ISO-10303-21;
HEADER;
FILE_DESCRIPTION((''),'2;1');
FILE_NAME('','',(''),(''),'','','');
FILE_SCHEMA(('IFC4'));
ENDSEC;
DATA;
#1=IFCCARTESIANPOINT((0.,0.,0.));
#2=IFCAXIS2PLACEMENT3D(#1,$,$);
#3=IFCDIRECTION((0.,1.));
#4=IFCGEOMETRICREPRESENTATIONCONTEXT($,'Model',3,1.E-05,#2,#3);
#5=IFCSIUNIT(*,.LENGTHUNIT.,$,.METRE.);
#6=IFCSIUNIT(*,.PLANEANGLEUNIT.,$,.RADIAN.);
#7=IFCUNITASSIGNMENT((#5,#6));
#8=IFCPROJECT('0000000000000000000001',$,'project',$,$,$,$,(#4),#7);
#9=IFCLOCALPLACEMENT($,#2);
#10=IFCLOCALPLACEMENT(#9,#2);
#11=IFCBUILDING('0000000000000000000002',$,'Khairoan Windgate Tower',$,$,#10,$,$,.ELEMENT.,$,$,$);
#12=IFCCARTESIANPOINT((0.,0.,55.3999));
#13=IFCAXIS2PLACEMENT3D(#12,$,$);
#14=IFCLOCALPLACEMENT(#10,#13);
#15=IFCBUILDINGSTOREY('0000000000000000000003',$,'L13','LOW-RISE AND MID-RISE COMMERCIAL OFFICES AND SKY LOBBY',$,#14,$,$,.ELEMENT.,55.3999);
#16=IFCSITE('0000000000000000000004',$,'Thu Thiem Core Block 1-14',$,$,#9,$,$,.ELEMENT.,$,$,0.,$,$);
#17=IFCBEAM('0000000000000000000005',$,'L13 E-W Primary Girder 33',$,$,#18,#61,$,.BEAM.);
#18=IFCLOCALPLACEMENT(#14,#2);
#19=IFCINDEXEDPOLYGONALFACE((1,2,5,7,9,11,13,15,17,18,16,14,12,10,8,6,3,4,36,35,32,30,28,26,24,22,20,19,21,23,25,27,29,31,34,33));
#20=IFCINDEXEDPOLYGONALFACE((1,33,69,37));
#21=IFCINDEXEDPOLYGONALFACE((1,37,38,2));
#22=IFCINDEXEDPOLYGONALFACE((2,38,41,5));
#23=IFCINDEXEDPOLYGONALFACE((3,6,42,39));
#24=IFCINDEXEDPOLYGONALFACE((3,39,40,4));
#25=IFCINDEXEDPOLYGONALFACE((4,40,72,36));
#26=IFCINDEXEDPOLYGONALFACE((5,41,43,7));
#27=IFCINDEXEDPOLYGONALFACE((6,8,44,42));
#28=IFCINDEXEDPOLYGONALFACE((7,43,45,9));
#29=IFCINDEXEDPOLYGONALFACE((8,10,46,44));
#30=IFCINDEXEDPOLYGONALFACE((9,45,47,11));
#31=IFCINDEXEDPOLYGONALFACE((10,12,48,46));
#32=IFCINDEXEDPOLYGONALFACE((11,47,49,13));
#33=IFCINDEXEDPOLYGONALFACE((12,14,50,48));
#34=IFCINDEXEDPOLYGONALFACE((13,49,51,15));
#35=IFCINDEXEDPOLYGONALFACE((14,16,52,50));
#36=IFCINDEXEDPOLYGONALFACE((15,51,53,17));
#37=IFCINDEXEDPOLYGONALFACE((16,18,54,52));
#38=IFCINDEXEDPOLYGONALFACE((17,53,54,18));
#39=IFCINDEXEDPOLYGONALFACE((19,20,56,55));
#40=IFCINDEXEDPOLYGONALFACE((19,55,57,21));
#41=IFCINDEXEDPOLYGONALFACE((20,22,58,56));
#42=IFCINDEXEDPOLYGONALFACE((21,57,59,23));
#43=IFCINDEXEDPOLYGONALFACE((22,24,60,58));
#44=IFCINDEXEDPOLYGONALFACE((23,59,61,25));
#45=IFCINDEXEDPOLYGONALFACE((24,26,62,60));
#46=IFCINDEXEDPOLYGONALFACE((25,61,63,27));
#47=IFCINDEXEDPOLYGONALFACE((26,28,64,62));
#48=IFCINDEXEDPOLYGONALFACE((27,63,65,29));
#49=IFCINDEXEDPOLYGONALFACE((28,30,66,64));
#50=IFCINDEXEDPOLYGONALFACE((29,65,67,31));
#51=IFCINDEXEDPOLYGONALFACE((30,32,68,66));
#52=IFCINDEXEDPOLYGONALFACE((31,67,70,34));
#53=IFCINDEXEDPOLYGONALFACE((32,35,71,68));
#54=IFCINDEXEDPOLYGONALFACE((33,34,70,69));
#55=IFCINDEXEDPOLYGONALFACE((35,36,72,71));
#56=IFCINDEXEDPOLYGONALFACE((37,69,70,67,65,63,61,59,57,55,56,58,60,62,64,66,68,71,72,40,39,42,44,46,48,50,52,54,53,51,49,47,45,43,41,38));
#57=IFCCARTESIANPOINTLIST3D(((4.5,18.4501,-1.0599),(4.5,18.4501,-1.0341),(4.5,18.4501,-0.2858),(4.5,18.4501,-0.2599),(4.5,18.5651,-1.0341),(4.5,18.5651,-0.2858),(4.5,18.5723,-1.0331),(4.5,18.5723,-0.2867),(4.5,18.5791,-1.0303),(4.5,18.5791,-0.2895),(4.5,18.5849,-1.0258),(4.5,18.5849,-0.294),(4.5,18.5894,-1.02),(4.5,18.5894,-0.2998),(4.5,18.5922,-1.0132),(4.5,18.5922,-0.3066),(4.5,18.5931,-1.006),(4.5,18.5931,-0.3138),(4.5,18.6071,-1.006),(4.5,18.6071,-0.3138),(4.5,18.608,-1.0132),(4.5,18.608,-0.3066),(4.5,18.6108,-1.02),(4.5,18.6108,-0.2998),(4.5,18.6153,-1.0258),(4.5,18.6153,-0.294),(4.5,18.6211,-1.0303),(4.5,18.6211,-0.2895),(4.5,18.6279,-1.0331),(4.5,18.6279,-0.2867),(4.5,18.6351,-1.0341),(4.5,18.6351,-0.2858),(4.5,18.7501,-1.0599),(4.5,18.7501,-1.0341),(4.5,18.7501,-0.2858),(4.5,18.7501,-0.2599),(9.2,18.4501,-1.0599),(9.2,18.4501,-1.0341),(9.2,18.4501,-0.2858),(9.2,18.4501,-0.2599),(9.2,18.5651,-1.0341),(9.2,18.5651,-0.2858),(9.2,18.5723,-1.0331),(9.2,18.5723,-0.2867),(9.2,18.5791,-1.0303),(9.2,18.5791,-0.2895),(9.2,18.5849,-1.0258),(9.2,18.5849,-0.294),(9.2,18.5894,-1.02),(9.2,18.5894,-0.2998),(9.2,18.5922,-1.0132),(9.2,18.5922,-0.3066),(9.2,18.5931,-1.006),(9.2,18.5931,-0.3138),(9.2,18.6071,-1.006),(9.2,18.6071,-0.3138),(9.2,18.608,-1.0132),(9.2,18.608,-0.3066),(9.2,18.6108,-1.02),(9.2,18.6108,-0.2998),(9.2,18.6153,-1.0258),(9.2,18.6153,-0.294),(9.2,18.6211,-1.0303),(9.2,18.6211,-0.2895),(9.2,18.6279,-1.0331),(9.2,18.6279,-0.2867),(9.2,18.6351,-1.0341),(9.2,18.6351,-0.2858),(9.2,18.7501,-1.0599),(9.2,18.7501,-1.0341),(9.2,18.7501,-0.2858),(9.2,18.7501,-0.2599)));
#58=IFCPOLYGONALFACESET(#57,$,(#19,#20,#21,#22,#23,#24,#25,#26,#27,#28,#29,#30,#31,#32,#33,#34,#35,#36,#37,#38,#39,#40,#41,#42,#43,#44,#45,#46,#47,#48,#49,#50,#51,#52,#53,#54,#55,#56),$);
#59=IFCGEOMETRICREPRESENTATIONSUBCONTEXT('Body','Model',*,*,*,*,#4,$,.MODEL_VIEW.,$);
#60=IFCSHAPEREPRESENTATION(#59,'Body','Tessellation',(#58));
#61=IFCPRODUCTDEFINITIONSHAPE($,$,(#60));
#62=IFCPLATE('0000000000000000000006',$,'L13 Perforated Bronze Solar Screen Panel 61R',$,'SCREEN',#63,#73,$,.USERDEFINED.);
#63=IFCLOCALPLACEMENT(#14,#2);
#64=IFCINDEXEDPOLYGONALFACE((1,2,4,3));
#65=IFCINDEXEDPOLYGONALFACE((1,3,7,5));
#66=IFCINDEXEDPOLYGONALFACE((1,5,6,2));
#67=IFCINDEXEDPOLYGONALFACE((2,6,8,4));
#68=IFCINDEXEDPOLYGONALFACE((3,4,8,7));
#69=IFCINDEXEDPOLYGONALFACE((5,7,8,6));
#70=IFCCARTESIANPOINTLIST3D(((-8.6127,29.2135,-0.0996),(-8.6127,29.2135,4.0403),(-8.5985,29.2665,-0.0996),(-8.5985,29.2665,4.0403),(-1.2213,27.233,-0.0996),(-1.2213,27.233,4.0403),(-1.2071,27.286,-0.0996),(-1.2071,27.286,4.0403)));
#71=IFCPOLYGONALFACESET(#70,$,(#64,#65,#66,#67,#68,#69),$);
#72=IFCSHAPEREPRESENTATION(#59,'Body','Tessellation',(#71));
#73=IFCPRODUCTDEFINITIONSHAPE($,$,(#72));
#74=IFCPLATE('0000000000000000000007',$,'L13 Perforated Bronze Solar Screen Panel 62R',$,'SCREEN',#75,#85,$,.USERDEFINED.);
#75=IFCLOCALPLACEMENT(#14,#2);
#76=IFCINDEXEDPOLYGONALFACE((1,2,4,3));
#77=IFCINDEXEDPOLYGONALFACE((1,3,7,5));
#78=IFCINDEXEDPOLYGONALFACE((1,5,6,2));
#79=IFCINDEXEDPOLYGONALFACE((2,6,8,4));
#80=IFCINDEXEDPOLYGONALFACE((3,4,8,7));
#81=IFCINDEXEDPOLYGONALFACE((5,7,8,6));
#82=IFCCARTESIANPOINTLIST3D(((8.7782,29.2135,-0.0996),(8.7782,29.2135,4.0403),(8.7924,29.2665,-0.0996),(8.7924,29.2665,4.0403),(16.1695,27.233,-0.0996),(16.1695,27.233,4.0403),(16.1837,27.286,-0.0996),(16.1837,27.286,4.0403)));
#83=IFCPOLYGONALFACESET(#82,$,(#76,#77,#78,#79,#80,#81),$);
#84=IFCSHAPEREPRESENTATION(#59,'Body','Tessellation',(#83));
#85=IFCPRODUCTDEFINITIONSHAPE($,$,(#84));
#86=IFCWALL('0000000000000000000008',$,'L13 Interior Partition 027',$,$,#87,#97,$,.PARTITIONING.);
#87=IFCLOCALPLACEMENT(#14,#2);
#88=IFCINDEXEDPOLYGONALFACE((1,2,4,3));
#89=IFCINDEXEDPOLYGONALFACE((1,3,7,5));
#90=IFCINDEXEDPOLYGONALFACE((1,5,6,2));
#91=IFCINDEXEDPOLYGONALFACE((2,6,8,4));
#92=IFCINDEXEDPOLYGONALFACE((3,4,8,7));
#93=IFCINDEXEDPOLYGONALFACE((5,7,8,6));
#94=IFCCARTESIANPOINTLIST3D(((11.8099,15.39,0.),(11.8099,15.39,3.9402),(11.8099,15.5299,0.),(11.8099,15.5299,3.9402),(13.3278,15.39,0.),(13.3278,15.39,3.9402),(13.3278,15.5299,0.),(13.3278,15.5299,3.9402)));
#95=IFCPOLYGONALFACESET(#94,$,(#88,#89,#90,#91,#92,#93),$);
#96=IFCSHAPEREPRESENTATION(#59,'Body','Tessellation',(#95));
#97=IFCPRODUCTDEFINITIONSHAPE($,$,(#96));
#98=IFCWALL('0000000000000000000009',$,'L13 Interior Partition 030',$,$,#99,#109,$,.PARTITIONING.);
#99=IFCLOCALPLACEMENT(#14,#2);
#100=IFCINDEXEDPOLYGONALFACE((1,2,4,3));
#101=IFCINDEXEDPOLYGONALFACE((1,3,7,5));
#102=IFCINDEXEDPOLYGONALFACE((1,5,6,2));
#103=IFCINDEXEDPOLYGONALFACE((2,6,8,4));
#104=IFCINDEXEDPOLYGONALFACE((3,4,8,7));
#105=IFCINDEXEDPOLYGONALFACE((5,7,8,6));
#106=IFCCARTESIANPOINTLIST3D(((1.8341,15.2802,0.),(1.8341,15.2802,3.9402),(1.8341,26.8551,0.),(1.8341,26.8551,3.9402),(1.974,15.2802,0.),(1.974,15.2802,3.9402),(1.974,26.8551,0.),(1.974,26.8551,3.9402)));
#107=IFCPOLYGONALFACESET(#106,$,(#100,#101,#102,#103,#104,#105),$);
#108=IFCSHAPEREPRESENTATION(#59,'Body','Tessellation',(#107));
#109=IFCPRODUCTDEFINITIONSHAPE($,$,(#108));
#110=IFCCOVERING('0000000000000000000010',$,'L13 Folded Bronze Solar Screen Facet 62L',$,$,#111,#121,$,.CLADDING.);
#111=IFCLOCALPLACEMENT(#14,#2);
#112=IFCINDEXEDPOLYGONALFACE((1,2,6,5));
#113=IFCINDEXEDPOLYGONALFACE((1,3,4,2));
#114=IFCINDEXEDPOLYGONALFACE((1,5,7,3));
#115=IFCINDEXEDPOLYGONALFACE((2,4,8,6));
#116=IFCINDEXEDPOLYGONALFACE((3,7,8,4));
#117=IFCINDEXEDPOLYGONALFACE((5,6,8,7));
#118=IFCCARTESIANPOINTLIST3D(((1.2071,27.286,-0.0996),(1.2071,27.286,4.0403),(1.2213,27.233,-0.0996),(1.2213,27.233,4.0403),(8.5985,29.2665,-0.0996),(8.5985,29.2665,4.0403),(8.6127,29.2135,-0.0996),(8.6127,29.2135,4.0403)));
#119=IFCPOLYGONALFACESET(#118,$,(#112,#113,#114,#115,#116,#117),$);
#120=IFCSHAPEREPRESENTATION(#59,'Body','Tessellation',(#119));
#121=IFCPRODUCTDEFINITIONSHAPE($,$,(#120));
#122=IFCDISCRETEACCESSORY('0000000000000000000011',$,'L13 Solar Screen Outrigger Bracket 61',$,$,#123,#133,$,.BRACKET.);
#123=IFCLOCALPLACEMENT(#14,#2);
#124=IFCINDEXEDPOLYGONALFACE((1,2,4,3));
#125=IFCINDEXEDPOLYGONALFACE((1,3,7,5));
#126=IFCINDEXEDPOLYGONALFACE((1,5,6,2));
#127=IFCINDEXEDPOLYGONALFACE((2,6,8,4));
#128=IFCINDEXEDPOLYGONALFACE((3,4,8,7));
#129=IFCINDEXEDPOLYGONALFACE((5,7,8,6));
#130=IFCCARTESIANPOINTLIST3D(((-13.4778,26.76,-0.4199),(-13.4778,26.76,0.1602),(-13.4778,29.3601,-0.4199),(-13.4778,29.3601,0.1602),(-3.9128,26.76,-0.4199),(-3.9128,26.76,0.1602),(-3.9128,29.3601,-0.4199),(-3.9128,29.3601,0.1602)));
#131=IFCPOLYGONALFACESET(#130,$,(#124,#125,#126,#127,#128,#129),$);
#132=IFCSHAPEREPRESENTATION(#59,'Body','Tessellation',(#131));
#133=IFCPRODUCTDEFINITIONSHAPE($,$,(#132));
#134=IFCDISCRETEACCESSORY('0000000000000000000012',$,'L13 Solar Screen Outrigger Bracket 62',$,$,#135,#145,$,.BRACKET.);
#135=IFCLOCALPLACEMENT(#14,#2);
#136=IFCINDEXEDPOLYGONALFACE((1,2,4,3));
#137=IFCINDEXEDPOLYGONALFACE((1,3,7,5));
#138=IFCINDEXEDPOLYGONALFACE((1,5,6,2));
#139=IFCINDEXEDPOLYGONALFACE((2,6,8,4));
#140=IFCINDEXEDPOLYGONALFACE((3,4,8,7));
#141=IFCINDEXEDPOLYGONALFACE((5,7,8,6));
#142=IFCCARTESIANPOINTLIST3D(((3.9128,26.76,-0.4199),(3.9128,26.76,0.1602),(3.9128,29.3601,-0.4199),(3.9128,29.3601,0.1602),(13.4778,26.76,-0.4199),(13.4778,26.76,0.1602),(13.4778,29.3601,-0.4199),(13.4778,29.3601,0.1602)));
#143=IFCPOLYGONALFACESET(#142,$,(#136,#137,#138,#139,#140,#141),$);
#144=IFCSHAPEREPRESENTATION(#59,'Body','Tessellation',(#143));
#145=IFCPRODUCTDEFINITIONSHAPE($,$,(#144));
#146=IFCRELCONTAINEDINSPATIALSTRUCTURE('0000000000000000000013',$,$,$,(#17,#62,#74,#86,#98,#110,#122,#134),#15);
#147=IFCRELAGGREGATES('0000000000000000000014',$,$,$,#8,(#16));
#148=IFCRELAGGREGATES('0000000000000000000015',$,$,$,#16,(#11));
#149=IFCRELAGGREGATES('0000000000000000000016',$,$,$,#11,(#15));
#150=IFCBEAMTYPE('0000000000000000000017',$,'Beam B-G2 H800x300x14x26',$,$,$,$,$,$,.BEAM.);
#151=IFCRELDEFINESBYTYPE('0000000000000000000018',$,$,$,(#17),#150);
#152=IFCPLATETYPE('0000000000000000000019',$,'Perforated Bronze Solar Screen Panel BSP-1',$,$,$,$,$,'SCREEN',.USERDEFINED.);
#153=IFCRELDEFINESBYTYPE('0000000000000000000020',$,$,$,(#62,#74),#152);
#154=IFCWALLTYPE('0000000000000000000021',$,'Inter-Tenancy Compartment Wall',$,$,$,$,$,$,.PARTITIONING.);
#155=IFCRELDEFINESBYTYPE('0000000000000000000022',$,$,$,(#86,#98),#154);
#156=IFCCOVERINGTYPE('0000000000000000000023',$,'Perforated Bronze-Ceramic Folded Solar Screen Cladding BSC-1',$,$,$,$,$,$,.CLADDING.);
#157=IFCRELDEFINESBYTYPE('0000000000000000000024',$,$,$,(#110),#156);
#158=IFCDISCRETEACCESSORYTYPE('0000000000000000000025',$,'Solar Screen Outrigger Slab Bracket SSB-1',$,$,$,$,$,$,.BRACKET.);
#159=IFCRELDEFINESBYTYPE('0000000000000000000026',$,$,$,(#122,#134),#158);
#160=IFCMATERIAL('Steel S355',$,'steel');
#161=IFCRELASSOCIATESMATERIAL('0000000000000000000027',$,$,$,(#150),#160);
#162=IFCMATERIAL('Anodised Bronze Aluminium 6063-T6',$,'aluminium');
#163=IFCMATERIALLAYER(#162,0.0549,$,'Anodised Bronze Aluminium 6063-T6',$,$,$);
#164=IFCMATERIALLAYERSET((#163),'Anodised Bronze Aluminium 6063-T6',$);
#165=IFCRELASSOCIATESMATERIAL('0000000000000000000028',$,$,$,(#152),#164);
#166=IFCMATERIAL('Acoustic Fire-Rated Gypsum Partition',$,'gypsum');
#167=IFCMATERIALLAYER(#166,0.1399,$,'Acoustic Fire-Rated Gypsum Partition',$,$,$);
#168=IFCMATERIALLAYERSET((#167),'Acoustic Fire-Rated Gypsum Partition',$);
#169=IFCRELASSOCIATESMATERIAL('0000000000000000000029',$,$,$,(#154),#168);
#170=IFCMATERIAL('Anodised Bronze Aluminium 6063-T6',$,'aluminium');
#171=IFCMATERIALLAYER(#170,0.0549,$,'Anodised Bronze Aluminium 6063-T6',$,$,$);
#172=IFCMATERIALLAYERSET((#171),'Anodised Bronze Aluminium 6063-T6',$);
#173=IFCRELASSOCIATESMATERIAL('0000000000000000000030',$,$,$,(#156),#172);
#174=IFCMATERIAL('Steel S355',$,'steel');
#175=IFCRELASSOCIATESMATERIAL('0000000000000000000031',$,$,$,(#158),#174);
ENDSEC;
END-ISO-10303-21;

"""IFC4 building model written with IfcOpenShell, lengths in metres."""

from ifc_helpers import new_model, si_unit, direction, frame, frame_2d, origin, origin_2d, place, context, subcontext, project, spatial, rectangle, i_section, extrude, material, layer, layer_set, material_profile, profile_set, type_object, element, save


model = new_model("IFC4")

# Units and contexts
model_context = context("Model", 3, precision=1e-05, world=origin(), true_north=direction((0.0, 1.0)))
body_context = subcontext(model_context, "Body", "Model", "MODEL_VIEW")
ifc_project = project(units=[si_unit("LENGTHUNIT", "METRE"), si_unit("PLANEANGLEUNIT", "RADIAN")], contexts=[model_context])

# Site, building, storey
site_placement = place(None, origin())
site = spatial("IfcSite", under=ifc_project, at=site_placement, Name="Thu Thiem Core Block 1-14", CompositionType="ELEMENT", RefElevation=0.0)
building_placement = place(site_placement, origin())
building = spatial("IfcBuilding", under=site, at=building_placement, Name="Khairoan Windgate Tower", CompositionType="ELEMENT")
storey_placement = place(building_placement, frame((0.0, 0.0, 55.3999)))
storey = spatial("IfcBuildingStorey", under=building, at=storey_placement, Name="L13", Description="LOW-RISE AND MID-RISE COMMERCIAL OFFICES AND SKY LOBBY", CompositionType="ELEMENT", Elevation=55.3999)

# Beam
ifc_material_1 = material(Name="Steel S355", Category="steel")
ifc_material_profile_1 = material_profile(ifc_material_1, i_section(OverallWidth=0.3, OverallDepth=0.8, WebThickness=0.0139, FlangeThickness=0.0259, FilletRadius=0.0281, at=origin_2d()))
ifc_profile_set_1 = profile_set([ifc_material_profile_1], Name="Steel S355")
beam_type = type_object("IfcBeamType", Name="Beam B-G2 H800x300x14x26", PredefinedType="BEAM", material=ifc_profile_set_1)
beam_1_placement = place(storey_placement, frame((4.5, 18.6001, -0.6599), z_axis=(1.0, 0.0, 0.0), x_axis=(0.0, 1.0, 0.0)))
element("IfcBeam", 1, at=beam_1_placement, inside=storey, type_object=beam_type, Name="L13 E-W Primary Girder 33", PredefinedType="BEAM", context=body_context, shape_type="SweptSolid", body=[
    extrude(i_section(OverallWidth=0.3, OverallDepth=0.8, WebThickness=0.0139, FlangeThickness=0.0259, FilletRadius=0.0281, at=origin_2d()), origin(), (0.0, 0.0, 1.0), 4.7),
])

# Plates
ifc_material_2 = material(Name="Anodised Bronze Aluminium 6063-T6", Category="aluminium")
ifc_layer_1 = layer(ifc_material_2, 0.0549, Name="Anodised Bronze Aluminium 6063-T6")
ifc_layer_set_1 = layer_set([ifc_layer_1], Name="Anodised Bronze Aluminium 6063-T6")
plate_type = type_object("IfcPlateType", Name="Perforated Bronze Solar Screen Panel BSP-1", ElementType="SCREEN", PredefinedType="USERDEFINED", material=ifc_layer_set_1)
for number, where, z_axis, x_axis, name in (
    (2, (-4.9099, 28.2498, -0.0996), (0.0, 0.0, 1.0), (0.965926, -0.258819, 0.0), "L13 Perforated Bronze Solar Screen Panel 61R"),
    (3, (12.481, 28.2498, -0.0996), (0.0, 0.0, 1.0), (0.965926, -0.258819, 0.0), "L13 Perforated Bronze Solar Screen Panel 62R"),
):
    element("IfcPlate", number, at=place(storey_placement, frame(where, z_axis=z_axis, x_axis=x_axis)), inside=storey, type_object=plate_type, Name=name, ObjectType="SCREEN", PredefinedType="USERDEFINED", context=body_context, shape_type="SweptSolid", body=[
        extrude(rectangle(XDim=7.6521, YDim=0.0549, at=origin_2d()), origin(), (0.0, 0.0, 1.0), 4.1399),
    ])

# Walls
ifc_material_3 = material(Name="Acoustic Fire-Rated Gypsum Partition", Category="gypsum")
ifc_layer_2 = layer(ifc_material_3, 0.1399, Name="Acoustic Fire-Rated Gypsum Partition")
ifc_layer_set_2 = layer_set([ifc_layer_2], Name="Acoustic Fire-Rated Gypsum Partition")
wall_type_1 = type_object("IfcWallType", Name="Inter-Tenancy Compartment Wall", PredefinedType="PARTITIONING", material=ifc_layer_set_2)
wall_1_placement = place(storey_placement, frame((11.8101, 15.46, 0.0), z_axis=(0.0, 0.0, 1.0), x_axis=(1.0, 0.0, 0.0)))
element("IfcWall", 4, at=wall_1_placement, inside=storey, type_object=wall_type_1, Name="L13 Interior Partition 027", PredefinedType="PARTITIONING", context=body_context, shape_type="SweptSolid", body=[
    extrude(rectangle(XDim=1.5178, YDim=0.1399, at=frame_2d((0.7588, 0.0))), origin(), (0.0, 0.0, 1.0), 3.9402),
])
wall_2_placement = place(storey_placement, frame((1.9041, 15.28, 0.0), z_axis=(0.0, 0.0, 1.0), x_axis=(0.0, 1.0, 0.0)))
element("IfcWall", 5, at=wall_2_placement, inside=storey, type_object=wall_type_1, Name="L13 Interior Partition 030", PredefinedType="PARTITIONING", context=body_context, shape_type="SweptSolid", body=[
    extrude(rectangle(XDim=11.575, YDim=0.1399, at=frame_2d((5.7876, 0.0))), origin(), (0.0, 0.0, 1.0), 3.9402),
])

# Covering
ifc_material_4 = material(Name="Anodised Bronze Aluminium 6063-T6", Category="aluminium")
ifc_layer_3 = layer(ifc_material_4, 0.0549, Name="Anodised Bronze Aluminium 6063-T6")
ifc_layer_set_3 = layer_set([ifc_layer_3], Name="Anodised Bronze Aluminium 6063-T6")
covering_type = type_object("IfcCoveringType", Name="Perforated Bronze-Ceramic Folded Solar Screen Cladding BSC-1", PredefinedType="CLADDING", material=ifc_layer_set_3)
covering_placement = place(storey_placement, frame((4.9099, 28.2498, -0.0996), z_axis=(0.0, 0.0, 1.0), x_axis=(0.965926, 0.258819, 0.0)))
element("IfcCovering", 6, at=covering_placement, inside=storey, type_object=covering_type, Name="L13 Folded Bronze Solar Screen Facet 62L", PredefinedType="CLADDING", context=body_context, shape_type="SweptSolid", body=[
    extrude(rectangle(XDim=7.6521, YDim=0.0549, at=origin_2d()), origin(), (0.0, 0.0, 1.0), 4.1399),
])

# Discrete accessories
ifc_material_5 = material(Name="Steel S355", Category="steel")
discrete_accessory_type = type_object("IfcDiscreteAccessoryType", Name="Solar Screen Outrigger Slab Bracket SSB-1", PredefinedType="BRACKET", material=ifc_material_5)
for number, where, z_axis, x_axis, name in (
    (7, (-8.6953, 28.0601, -0.4199), (0.0, 0.0, 1.0), (1.0, 0.0, 0.0), "L13 Solar Screen Outrigger Bracket 61"),
    (8, (8.6953, 28.0601, -0.4199), (0.0, 0.0, 1.0), (1.0, 0.0, 0.0), "L13 Solar Screen Outrigger Bracket 62"),
):
    element("IfcDiscreteAccessory", number, at=place(storey_placement, frame(where, z_axis=z_axis, x_axis=x_axis)), inside=storey, type_object=discrete_accessory_type, Name=name, PredefinedType="BRACKET", context=body_context, shape_type="SweptSolid", body=[
        extrude(rectangle(XDim=9.5649, YDim=2.6001, at=origin_2d()), origin(), (0.0, 0.0, 1.0), 0.5801),
    ])

save(model, "model.ifc")
